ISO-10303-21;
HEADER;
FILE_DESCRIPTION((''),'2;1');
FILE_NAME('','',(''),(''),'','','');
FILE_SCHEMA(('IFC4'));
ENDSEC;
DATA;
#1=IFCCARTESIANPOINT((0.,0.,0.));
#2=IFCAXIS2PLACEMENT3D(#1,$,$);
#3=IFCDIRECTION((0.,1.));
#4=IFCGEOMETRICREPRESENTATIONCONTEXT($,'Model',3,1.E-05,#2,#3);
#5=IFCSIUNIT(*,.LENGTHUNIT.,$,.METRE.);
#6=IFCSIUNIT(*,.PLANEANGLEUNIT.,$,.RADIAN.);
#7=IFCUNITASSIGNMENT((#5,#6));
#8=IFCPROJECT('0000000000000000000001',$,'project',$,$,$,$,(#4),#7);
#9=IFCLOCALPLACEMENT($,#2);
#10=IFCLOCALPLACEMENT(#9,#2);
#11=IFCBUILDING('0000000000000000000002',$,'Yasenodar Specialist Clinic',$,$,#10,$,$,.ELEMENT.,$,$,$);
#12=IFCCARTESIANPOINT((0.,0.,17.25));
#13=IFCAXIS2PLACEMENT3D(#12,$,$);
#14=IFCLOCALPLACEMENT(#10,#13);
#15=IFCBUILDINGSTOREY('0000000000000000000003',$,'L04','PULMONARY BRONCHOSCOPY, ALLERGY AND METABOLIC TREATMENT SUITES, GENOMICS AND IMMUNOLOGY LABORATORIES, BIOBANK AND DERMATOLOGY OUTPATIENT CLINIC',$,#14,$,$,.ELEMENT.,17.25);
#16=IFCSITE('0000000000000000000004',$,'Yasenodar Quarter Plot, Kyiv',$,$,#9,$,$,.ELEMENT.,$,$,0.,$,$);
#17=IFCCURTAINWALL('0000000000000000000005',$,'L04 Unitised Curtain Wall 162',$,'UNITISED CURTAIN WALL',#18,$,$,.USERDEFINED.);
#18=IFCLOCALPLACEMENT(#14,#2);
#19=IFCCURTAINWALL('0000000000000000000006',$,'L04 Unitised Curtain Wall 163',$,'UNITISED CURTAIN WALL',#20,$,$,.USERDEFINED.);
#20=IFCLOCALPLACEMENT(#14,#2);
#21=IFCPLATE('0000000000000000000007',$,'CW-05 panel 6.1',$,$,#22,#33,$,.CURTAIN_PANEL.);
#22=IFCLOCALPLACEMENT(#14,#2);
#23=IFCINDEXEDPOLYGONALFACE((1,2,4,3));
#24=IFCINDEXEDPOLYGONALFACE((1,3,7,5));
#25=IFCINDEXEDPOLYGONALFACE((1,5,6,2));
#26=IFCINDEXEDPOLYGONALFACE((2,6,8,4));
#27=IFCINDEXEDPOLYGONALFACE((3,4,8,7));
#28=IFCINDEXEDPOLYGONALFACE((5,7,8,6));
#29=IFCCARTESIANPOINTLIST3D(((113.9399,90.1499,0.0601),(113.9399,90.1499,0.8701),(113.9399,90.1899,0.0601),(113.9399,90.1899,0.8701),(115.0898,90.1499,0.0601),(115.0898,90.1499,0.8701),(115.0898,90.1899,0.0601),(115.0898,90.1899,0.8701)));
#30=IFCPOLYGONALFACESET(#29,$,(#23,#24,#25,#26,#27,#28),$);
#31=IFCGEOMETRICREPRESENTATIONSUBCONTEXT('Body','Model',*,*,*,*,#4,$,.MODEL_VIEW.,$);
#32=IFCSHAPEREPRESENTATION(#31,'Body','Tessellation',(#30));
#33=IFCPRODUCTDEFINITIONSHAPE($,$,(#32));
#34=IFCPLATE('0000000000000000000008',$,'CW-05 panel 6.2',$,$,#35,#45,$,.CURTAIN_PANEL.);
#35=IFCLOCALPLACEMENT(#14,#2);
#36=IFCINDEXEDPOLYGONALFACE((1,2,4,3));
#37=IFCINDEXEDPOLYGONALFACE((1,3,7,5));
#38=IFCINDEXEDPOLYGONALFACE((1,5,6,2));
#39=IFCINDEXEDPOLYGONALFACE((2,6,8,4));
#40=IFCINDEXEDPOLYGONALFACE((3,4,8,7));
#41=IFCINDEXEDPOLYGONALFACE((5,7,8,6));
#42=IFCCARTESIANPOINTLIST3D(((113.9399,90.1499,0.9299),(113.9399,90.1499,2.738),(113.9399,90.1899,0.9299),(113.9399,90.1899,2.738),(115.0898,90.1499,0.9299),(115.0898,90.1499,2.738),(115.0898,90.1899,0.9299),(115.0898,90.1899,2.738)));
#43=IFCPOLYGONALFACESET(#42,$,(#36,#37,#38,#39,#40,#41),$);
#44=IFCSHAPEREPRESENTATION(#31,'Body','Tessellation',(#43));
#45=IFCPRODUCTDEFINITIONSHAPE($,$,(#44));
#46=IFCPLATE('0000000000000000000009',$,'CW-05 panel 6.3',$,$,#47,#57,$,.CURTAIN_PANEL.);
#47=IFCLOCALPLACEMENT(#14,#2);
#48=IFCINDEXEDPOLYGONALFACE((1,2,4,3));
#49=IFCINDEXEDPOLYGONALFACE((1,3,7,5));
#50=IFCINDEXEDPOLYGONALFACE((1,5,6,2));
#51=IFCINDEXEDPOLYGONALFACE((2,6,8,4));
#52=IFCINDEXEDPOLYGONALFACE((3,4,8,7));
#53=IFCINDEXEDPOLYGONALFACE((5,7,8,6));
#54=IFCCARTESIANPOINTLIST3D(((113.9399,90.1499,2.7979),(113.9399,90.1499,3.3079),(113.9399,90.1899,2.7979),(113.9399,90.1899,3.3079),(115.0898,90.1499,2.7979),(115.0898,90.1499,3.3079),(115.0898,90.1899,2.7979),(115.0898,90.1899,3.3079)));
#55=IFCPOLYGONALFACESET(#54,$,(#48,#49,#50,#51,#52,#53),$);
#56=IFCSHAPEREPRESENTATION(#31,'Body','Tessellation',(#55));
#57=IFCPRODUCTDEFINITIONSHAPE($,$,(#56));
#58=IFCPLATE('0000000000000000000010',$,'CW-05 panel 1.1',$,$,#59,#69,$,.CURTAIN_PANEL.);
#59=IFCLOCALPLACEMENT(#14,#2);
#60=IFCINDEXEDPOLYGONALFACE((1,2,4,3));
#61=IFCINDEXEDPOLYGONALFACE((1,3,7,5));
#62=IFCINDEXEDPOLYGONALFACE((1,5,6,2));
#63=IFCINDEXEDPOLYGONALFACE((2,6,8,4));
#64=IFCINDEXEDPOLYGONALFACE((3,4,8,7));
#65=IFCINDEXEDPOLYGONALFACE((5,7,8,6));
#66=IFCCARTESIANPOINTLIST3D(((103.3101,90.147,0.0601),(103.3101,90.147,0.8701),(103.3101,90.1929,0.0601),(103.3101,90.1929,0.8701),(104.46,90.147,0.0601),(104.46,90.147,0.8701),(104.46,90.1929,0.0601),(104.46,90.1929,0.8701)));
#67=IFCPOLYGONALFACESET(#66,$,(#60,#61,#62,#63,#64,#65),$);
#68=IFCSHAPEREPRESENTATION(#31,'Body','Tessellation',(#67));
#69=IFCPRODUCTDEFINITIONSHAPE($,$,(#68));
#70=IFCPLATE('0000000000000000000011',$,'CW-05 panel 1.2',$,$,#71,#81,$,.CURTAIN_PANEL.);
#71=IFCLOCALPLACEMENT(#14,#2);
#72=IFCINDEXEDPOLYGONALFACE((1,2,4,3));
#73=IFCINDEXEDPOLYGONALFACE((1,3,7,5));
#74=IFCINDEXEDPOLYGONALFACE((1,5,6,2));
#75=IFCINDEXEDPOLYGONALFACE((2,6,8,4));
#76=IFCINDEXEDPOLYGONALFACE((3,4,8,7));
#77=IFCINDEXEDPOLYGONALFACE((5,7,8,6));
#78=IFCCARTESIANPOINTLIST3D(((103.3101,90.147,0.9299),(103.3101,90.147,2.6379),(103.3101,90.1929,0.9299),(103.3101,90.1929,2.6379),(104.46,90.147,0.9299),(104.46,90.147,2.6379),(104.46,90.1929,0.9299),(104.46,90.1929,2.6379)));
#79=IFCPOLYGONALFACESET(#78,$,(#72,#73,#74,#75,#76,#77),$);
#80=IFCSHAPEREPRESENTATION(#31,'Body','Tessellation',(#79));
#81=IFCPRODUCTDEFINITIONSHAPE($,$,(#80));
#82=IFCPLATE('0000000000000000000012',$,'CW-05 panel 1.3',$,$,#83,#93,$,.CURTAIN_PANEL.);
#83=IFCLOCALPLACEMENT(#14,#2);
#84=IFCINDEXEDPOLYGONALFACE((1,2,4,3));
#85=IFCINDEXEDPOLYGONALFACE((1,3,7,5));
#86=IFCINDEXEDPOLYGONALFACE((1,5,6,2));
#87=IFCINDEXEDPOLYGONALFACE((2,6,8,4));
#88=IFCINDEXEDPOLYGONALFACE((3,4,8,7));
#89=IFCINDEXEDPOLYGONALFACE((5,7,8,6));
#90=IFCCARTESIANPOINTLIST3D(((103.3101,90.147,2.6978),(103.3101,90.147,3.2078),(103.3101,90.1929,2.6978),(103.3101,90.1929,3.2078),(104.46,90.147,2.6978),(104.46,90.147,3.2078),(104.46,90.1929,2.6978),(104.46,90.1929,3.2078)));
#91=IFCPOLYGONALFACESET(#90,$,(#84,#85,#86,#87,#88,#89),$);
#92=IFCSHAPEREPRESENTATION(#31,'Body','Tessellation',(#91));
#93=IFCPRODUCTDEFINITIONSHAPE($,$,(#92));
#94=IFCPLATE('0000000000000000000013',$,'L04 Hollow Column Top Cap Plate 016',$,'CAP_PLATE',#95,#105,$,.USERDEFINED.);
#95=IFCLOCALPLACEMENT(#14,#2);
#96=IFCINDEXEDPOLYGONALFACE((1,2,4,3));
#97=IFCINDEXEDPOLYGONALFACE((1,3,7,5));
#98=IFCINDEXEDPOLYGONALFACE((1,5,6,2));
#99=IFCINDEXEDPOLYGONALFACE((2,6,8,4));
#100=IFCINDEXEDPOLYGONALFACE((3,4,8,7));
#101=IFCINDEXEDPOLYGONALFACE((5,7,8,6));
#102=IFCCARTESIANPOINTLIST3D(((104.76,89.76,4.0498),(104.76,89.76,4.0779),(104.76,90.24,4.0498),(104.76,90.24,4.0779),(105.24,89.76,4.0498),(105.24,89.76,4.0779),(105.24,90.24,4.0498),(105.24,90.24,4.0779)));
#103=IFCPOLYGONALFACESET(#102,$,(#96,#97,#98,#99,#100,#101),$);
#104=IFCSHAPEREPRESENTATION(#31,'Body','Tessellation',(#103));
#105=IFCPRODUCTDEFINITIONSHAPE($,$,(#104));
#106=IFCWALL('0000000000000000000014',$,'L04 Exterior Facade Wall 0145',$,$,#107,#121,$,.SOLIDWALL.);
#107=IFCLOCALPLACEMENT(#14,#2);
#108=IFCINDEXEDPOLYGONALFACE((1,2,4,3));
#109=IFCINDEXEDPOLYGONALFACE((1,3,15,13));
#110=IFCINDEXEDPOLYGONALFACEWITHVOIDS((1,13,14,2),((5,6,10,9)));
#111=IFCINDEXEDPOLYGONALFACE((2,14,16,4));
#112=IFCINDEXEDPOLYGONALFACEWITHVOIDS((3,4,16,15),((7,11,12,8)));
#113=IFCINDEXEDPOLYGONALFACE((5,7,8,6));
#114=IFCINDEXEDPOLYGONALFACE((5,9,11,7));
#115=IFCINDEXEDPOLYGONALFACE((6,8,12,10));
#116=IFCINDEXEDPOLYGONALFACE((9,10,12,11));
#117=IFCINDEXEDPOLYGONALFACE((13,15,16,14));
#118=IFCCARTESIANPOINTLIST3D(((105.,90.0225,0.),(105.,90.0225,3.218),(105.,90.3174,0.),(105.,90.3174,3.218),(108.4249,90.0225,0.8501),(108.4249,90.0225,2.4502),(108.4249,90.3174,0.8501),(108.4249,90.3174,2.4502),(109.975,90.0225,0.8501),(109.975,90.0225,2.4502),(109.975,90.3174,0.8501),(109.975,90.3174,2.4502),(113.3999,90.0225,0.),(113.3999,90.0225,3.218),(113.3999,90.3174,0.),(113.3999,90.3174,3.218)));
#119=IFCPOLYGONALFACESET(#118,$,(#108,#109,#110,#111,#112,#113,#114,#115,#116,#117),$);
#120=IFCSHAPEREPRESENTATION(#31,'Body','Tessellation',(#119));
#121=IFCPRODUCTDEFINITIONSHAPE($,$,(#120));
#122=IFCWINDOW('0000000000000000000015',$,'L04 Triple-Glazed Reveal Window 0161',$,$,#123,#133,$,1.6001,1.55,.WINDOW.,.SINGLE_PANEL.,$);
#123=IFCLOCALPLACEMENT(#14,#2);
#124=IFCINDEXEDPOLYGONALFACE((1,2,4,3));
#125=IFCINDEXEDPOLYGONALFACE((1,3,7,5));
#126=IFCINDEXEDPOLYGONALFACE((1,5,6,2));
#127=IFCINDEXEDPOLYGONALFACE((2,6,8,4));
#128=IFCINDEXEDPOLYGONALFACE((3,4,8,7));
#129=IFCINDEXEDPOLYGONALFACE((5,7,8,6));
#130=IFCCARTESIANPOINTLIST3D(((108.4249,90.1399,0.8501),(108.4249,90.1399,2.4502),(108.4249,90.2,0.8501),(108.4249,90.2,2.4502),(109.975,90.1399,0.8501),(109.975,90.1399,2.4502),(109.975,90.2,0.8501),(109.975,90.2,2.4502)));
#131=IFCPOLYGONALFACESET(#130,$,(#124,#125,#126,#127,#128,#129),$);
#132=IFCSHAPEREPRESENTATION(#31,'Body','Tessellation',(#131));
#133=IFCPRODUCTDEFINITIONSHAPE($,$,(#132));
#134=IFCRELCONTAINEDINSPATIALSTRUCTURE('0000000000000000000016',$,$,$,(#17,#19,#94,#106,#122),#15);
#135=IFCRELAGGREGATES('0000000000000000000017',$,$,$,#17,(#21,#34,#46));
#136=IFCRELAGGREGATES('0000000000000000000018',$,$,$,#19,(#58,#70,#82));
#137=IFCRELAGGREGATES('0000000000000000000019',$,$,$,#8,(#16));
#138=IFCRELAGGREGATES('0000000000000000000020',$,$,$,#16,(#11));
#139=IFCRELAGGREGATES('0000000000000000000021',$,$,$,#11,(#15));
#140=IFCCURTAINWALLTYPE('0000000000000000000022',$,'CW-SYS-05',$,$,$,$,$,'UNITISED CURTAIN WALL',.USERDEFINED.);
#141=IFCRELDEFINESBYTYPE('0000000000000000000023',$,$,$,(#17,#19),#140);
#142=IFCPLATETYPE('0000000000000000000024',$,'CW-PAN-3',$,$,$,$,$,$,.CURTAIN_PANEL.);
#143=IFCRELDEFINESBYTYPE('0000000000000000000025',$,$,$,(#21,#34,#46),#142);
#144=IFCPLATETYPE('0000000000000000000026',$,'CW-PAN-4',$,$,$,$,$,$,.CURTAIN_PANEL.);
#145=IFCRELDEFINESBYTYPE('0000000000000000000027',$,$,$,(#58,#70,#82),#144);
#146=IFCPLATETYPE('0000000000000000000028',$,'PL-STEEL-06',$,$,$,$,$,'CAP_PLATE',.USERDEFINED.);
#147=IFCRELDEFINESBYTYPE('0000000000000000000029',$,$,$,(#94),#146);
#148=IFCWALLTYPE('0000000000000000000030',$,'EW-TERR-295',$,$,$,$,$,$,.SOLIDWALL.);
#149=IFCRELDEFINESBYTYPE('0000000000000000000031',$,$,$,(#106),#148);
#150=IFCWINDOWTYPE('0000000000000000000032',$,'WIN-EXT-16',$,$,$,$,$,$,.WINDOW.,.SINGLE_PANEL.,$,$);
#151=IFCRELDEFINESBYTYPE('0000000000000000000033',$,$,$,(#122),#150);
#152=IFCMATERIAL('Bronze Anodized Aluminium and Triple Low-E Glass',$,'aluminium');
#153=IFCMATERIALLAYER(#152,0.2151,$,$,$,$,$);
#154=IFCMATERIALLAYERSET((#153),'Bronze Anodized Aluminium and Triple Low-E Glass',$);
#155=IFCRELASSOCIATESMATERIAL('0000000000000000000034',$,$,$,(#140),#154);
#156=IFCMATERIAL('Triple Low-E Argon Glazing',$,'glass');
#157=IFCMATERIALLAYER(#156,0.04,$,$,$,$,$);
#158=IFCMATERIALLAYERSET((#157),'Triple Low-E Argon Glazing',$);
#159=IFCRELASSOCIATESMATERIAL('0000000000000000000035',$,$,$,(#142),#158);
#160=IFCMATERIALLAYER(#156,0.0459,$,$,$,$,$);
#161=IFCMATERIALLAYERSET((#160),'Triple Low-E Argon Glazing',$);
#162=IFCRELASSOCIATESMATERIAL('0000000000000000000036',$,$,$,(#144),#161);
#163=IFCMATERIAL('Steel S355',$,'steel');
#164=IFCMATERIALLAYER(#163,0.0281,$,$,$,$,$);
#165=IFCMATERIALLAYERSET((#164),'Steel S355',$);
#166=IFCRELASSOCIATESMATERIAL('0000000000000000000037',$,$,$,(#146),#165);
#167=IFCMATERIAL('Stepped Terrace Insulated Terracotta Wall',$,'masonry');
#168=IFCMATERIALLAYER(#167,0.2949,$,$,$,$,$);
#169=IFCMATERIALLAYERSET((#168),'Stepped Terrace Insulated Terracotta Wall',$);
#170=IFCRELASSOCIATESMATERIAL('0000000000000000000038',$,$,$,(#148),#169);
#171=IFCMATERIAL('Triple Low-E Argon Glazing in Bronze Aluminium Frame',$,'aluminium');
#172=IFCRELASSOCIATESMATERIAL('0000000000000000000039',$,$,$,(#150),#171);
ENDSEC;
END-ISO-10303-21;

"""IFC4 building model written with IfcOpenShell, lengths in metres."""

from ifc_helpers import new_model, si_unit, direction, frame, frame_2d, origin, origin_2d, place, context, subcontext, project, spatial, rectangle, extrude, material, layer, layer_set, type_object, element, fill, aggregate, save


model = new_model("IFC4")

# Units and contexts
model_context = context("Model", 3, precision=1e-05, world=origin(), true_north=direction((0.0, 1.0)))
body_context = subcontext(model_context, "Body", "Model", "MODEL_VIEW")
ifc_project = project(units=[si_unit("LENGTHUNIT", "METRE"), si_unit("PLANEANGLEUNIT", "RADIAN")], contexts=[model_context])

# Site, building, storey
site_placement = place(None, origin())
site = spatial("IfcSite", under=ifc_project, at=site_placement, Name="Yasenodar Quarter Plot, Kyiv", CompositionType="ELEMENT", RefElevation=0.0)
building_placement = place(site_placement, origin())
building = spatial("IfcBuilding", under=site, at=building_placement, Name="Yasenodar Specialist Clinic", CompositionType="ELEMENT")
storey_placement = place(building_placement, frame((0.0, 0.0, 17.25)))
storey = spatial("IfcBuildingStorey", under=building, at=storey_placement, Name="L04", Description="PULMONARY BRONCHOSCOPY, ALLERGY AND METABOLIC TREATMENT SUITES, GENOMICS AND IMMUNOLOGY LABORATORIES, BIOBANK AND DERMATOLOGY OUTPATIENT CLINIC", CompositionType="ELEMENT", Elevation=17.25)

# Shared definitions
ifc_material_1 = material(Name="Steel S355", Category="steel")

# Curtain wall
ifc_material_2 = material(Name="Bronze Anodized Aluminium and Triple Low-E Glass", Category="aluminium")
ifc_layer_1 = layer(ifc_material_2, 0.2151)
ifc_layer_set_1 = layer_set([ifc_layer_1], Name="Bronze Anodized Aluminium and Triple Low-E Glass")
curtain_wall_type = type_object("IfcCurtainWallType", Name="CW-SYS-05", ElementType="UNITISED CURTAIN WALL", PredefinedType="USERDEFINED", material=ifc_layer_set_1)
curtain_wall_1_placement = place(storey_placement, origin())
curtain_wall_1 = element("IfcCurtainWall", 1, at=curtain_wall_1_placement, inside=storey, type_object=curtain_wall_type, Name="L04 Unitised Curtain Wall 162", ObjectType="UNITISED CURTAIN WALL", PredefinedType="USERDEFINED")

# Curtain wall
curtain_wall_2_placement = place(storey_placement, origin())
curtain_wall_2 = element("IfcCurtainWall", 2, at=curtain_wall_2_placement, inside=storey, type_object=curtain_wall_type, Name="L04 Unitised Curtain Wall 163", ObjectType="UNITISED CURTAIN WALL", PredefinedType="USERDEFINED")

# Plates
ifc_material_3 = material(Name="Triple Low-E Argon Glazing", Category="glass")
ifc_layer_2 = layer(ifc_material_3, 0.04)
ifc_layer_set_2 = layer_set([ifc_layer_2], Name="Triple Low-E Argon Glazing")
plate_type_1 = type_object("IfcPlateType", Name="CW-PAN-3", PredefinedType="CURTAIN_PANEL", material=ifc_layer_set_2)
plate_1_placement = place(storey_placement, frame((114.5149, 90.1699, 0.0601), z_axis=(0.0, 0.0, 1.0), x_axis=(-1.0, 0.0, 0.0)))
plate_1 = element("IfcPlate", 3, at=plate_1_placement, type_object=plate_type_1, Name="CW-05 panel 6.1", PredefinedType="CURTAIN_PANEL", context=body_context, shape_type="SweptSolid", body=[
    extrude(rectangle(XDim=1.1499, YDim=0.04, at=origin_2d()), origin(), (0.0, 0.0, 1.0), 0.8101),
])
plate_2_placement = place(storey_placement, frame((114.5149, 90.1699, 0.9299), z_axis=(0.0, 0.0, 1.0), x_axis=(-1.0, 0.0, 0.0)))
plate_2 = element("IfcPlate", 4, at=plate_2_placement, type_object=plate_type_1, Name="CW-05 panel 6.2", PredefinedType="CURTAIN_PANEL", context=body_context, shape_type="SweptSolid", body=[
    extrude(rectangle(XDim=1.1499, YDim=0.04, at=origin_2d()), origin(), (0.0, 0.0, 1.0), 1.8081),
])
plate_3_placement = place(storey_placement, frame((114.5149, 90.1699, 2.7979), z_axis=(0.0, 0.0, 1.0), x_axis=(-1.0, 0.0, 0.0)))
plate_3 = element("IfcPlate", 5, at=plate_3_placement, type_object=plate_type_1, Name="CW-05 panel 6.3", PredefinedType="CURTAIN_PANEL", context=body_context, shape_type="SweptSolid", body=[
    extrude(rectangle(XDim=1.1499, YDim=0.04, at=origin_2d()), origin(), (0.0, 0.0, 1.0), 0.51),
])
aggregate(curtain_wall_1, [plate_1, plate_2, plate_3])
ifc_layer_3 = layer(ifc_material_3, 0.0459)
ifc_layer_set_3 = layer_set([ifc_layer_3], Name="Triple Low-E Argon Glazing")
plate_type_2 = type_object("IfcPlateType", Name="CW-PAN-4", PredefinedType="CURTAIN_PANEL", material=ifc_layer_set_3)
plate_4_placement = place(storey_placement, frame((103.885, 90.1699, 0.0601), z_axis=(0.0, 0.0, 1.0), x_axis=(-1.0, 0.0, 0.0)))
plate_4 = element("IfcPlate", 6, at=plate_4_placement, type_object=plate_type_2, Name="CW-05 panel 1.1", PredefinedType="CURTAIN_PANEL", context=body_context, shape_type="SweptSolid", body=[
    extrude(rectangle(XDim=1.1499, YDim=0.0459, at=origin_2d()), origin(), (0.0, 0.0, 1.0), 0.8101),
])
plate_5_placement = place(storey_placement, frame((103.885, 90.1699, 0.9299), z_axis=(0.0, 0.0, 1.0), x_axis=(-1.0, 0.0, 0.0)))
plate_5 = element("IfcPlate", 7, at=plate_5_placement, type_object=plate_type_2, Name="CW-05 panel 1.2", PredefinedType="CURTAIN_PANEL", context=body_context, shape_type="SweptSolid", body=[
    extrude(rectangle(XDim=1.1499, YDim=0.0459, at=origin_2d()), origin(), (0.0, 0.0, 1.0), 1.708),
])
plate_6_placement = place(storey_placement, frame((103.885, 90.1699, 2.6978), z_axis=(0.0, 0.0, 1.0), x_axis=(-1.0, 0.0, 0.0)))
plate_6 = element("IfcPlate", 8, at=plate_6_placement, type_object=plate_type_2, Name="CW-05 panel 1.3", PredefinedType="CURTAIN_PANEL", context=body_context, shape_type="SweptSolid", body=[
    extrude(rectangle(XDim=1.1499, YDim=0.0459, at=origin_2d()), origin(), (0.0, 0.0, 1.0), 0.51),
])
aggregate(curtain_wall_2, [plate_4, plate_5, plate_6])
ifc_layer_4 = layer(ifc_material_1, 0.0281)
ifc_layer_set_4 = layer_set([ifc_layer_4], Name="Steel S355")
plate_type_3 = type_object("IfcPlateType", Name="PL-STEEL-06", ElementType="CAP_PLATE", PredefinedType="USERDEFINED", material=ifc_layer_set_4)
plate_7_placement = place(storey_placement, frame((105.0, 90.0, 4.0498), z_axis=(0.0, 0.0, 1.0), x_axis=(1.0, 0.0, 0.0)))
element("IfcPlate", 9, at=plate_7_placement, inside=storey, type_object=plate_type_3, Name="L04 Hollow Column Top Cap Plate 016", ObjectType="CAP_PLATE", PredefinedType="USERDEFINED", context=body_context, shape_type="SweptSolid", body=[
    extrude(rectangle(XDim=0.48, YDim=0.48, at=origin_2d()), origin(), (0.0, 0.0, 1.0), 0.0281),
])

# Wall, opening, window
ifc_material_4 = material(Name="Stepped Terrace Insulated Terracotta Wall", Category="masonry")
ifc_layer_5 = layer(ifc_material_4, 0.2949)
ifc_layer_set_5 = layer_set([ifc_layer_5], Name="Stepped Terrace Insulated Terracotta Wall")
wall_type = type_object("IfcWallType", Name="EW-TERR-295", PredefinedType="SOLIDWALL", material=ifc_layer_set_5)
wall_placement = place(storey_placement, frame((113.3999, 90.1699, 0.0), z_axis=(0.0, 0.0, 1.0), x_axis=(-1.0, 0.0, 0.0)))
wall = element("IfcWall", 10, at=wall_placement, inside=storey, type_object=wall_type, Name="L04 Exterior Facade Wall 0145", PredefinedType="SOLIDWALL", context=body_context, shape_type="SweptSolid", body=[
    extrude(rectangle(XDim=8.3999, YDim=0.2949, at=frame_2d((4.2, 0.0))), origin(), (0.0, 0.0, 1.0), 3.218),
])
opening_placement = place(wall_placement, frame((3.425, 0.0, 0.8501)))
opening = element("IfcOpeningElement", 11, at=opening_placement, cuts=wall, PredefinedType="OPENING", context=body_context, shape_type="SweptSolid", body=[
    extrude(rectangle(XDim=1.55, YDim=1.6001, at=frame_2d((0.7749, 0.8))), frame((0.0, 0.1575, 0.0), z_axis=(0.0, -1.0, 0.0), x_axis=(1.0, 0.0, 0.0)), (0.0, 0.0, 1.0), 0.3149),
])
ifc_material_5 = material(Name="Triple Low-E Argon Glazing in Bronze Aluminium Frame", Category="aluminium")
window_type = type_object("IfcWindowType", Name="WIN-EXT-16", PartitioningType="SINGLE_PANEL", PredefinedType="WINDOW", material=ifc_material_5)
window_placement = place(opening_placement, origin())
window = element("IfcWindow", 12, at=window_placement, inside=storey, type_object=window_type, Name="L04 Triple-Glazed Reveal Window 0161", OverallHeight=1.6001, OverallWidth=1.55, PartitioningType="SINGLE_PANEL", PredefinedType="WINDOW", context=body_context, shape_type="SweptSolid", body=[
    extrude(rectangle(XDim=1.55, YDim=1.6001, at=frame_2d((0.7749, 0.8))), frame((0.0, 0.03, 0.0), z_axis=(0.0, -1.0, 0.0), x_axis=(1.0, 0.0, 0.0)), (0.0, 0.0, 1.0), 0.0601),
])
fill(opening, window)

save(model, "model.ifc")
